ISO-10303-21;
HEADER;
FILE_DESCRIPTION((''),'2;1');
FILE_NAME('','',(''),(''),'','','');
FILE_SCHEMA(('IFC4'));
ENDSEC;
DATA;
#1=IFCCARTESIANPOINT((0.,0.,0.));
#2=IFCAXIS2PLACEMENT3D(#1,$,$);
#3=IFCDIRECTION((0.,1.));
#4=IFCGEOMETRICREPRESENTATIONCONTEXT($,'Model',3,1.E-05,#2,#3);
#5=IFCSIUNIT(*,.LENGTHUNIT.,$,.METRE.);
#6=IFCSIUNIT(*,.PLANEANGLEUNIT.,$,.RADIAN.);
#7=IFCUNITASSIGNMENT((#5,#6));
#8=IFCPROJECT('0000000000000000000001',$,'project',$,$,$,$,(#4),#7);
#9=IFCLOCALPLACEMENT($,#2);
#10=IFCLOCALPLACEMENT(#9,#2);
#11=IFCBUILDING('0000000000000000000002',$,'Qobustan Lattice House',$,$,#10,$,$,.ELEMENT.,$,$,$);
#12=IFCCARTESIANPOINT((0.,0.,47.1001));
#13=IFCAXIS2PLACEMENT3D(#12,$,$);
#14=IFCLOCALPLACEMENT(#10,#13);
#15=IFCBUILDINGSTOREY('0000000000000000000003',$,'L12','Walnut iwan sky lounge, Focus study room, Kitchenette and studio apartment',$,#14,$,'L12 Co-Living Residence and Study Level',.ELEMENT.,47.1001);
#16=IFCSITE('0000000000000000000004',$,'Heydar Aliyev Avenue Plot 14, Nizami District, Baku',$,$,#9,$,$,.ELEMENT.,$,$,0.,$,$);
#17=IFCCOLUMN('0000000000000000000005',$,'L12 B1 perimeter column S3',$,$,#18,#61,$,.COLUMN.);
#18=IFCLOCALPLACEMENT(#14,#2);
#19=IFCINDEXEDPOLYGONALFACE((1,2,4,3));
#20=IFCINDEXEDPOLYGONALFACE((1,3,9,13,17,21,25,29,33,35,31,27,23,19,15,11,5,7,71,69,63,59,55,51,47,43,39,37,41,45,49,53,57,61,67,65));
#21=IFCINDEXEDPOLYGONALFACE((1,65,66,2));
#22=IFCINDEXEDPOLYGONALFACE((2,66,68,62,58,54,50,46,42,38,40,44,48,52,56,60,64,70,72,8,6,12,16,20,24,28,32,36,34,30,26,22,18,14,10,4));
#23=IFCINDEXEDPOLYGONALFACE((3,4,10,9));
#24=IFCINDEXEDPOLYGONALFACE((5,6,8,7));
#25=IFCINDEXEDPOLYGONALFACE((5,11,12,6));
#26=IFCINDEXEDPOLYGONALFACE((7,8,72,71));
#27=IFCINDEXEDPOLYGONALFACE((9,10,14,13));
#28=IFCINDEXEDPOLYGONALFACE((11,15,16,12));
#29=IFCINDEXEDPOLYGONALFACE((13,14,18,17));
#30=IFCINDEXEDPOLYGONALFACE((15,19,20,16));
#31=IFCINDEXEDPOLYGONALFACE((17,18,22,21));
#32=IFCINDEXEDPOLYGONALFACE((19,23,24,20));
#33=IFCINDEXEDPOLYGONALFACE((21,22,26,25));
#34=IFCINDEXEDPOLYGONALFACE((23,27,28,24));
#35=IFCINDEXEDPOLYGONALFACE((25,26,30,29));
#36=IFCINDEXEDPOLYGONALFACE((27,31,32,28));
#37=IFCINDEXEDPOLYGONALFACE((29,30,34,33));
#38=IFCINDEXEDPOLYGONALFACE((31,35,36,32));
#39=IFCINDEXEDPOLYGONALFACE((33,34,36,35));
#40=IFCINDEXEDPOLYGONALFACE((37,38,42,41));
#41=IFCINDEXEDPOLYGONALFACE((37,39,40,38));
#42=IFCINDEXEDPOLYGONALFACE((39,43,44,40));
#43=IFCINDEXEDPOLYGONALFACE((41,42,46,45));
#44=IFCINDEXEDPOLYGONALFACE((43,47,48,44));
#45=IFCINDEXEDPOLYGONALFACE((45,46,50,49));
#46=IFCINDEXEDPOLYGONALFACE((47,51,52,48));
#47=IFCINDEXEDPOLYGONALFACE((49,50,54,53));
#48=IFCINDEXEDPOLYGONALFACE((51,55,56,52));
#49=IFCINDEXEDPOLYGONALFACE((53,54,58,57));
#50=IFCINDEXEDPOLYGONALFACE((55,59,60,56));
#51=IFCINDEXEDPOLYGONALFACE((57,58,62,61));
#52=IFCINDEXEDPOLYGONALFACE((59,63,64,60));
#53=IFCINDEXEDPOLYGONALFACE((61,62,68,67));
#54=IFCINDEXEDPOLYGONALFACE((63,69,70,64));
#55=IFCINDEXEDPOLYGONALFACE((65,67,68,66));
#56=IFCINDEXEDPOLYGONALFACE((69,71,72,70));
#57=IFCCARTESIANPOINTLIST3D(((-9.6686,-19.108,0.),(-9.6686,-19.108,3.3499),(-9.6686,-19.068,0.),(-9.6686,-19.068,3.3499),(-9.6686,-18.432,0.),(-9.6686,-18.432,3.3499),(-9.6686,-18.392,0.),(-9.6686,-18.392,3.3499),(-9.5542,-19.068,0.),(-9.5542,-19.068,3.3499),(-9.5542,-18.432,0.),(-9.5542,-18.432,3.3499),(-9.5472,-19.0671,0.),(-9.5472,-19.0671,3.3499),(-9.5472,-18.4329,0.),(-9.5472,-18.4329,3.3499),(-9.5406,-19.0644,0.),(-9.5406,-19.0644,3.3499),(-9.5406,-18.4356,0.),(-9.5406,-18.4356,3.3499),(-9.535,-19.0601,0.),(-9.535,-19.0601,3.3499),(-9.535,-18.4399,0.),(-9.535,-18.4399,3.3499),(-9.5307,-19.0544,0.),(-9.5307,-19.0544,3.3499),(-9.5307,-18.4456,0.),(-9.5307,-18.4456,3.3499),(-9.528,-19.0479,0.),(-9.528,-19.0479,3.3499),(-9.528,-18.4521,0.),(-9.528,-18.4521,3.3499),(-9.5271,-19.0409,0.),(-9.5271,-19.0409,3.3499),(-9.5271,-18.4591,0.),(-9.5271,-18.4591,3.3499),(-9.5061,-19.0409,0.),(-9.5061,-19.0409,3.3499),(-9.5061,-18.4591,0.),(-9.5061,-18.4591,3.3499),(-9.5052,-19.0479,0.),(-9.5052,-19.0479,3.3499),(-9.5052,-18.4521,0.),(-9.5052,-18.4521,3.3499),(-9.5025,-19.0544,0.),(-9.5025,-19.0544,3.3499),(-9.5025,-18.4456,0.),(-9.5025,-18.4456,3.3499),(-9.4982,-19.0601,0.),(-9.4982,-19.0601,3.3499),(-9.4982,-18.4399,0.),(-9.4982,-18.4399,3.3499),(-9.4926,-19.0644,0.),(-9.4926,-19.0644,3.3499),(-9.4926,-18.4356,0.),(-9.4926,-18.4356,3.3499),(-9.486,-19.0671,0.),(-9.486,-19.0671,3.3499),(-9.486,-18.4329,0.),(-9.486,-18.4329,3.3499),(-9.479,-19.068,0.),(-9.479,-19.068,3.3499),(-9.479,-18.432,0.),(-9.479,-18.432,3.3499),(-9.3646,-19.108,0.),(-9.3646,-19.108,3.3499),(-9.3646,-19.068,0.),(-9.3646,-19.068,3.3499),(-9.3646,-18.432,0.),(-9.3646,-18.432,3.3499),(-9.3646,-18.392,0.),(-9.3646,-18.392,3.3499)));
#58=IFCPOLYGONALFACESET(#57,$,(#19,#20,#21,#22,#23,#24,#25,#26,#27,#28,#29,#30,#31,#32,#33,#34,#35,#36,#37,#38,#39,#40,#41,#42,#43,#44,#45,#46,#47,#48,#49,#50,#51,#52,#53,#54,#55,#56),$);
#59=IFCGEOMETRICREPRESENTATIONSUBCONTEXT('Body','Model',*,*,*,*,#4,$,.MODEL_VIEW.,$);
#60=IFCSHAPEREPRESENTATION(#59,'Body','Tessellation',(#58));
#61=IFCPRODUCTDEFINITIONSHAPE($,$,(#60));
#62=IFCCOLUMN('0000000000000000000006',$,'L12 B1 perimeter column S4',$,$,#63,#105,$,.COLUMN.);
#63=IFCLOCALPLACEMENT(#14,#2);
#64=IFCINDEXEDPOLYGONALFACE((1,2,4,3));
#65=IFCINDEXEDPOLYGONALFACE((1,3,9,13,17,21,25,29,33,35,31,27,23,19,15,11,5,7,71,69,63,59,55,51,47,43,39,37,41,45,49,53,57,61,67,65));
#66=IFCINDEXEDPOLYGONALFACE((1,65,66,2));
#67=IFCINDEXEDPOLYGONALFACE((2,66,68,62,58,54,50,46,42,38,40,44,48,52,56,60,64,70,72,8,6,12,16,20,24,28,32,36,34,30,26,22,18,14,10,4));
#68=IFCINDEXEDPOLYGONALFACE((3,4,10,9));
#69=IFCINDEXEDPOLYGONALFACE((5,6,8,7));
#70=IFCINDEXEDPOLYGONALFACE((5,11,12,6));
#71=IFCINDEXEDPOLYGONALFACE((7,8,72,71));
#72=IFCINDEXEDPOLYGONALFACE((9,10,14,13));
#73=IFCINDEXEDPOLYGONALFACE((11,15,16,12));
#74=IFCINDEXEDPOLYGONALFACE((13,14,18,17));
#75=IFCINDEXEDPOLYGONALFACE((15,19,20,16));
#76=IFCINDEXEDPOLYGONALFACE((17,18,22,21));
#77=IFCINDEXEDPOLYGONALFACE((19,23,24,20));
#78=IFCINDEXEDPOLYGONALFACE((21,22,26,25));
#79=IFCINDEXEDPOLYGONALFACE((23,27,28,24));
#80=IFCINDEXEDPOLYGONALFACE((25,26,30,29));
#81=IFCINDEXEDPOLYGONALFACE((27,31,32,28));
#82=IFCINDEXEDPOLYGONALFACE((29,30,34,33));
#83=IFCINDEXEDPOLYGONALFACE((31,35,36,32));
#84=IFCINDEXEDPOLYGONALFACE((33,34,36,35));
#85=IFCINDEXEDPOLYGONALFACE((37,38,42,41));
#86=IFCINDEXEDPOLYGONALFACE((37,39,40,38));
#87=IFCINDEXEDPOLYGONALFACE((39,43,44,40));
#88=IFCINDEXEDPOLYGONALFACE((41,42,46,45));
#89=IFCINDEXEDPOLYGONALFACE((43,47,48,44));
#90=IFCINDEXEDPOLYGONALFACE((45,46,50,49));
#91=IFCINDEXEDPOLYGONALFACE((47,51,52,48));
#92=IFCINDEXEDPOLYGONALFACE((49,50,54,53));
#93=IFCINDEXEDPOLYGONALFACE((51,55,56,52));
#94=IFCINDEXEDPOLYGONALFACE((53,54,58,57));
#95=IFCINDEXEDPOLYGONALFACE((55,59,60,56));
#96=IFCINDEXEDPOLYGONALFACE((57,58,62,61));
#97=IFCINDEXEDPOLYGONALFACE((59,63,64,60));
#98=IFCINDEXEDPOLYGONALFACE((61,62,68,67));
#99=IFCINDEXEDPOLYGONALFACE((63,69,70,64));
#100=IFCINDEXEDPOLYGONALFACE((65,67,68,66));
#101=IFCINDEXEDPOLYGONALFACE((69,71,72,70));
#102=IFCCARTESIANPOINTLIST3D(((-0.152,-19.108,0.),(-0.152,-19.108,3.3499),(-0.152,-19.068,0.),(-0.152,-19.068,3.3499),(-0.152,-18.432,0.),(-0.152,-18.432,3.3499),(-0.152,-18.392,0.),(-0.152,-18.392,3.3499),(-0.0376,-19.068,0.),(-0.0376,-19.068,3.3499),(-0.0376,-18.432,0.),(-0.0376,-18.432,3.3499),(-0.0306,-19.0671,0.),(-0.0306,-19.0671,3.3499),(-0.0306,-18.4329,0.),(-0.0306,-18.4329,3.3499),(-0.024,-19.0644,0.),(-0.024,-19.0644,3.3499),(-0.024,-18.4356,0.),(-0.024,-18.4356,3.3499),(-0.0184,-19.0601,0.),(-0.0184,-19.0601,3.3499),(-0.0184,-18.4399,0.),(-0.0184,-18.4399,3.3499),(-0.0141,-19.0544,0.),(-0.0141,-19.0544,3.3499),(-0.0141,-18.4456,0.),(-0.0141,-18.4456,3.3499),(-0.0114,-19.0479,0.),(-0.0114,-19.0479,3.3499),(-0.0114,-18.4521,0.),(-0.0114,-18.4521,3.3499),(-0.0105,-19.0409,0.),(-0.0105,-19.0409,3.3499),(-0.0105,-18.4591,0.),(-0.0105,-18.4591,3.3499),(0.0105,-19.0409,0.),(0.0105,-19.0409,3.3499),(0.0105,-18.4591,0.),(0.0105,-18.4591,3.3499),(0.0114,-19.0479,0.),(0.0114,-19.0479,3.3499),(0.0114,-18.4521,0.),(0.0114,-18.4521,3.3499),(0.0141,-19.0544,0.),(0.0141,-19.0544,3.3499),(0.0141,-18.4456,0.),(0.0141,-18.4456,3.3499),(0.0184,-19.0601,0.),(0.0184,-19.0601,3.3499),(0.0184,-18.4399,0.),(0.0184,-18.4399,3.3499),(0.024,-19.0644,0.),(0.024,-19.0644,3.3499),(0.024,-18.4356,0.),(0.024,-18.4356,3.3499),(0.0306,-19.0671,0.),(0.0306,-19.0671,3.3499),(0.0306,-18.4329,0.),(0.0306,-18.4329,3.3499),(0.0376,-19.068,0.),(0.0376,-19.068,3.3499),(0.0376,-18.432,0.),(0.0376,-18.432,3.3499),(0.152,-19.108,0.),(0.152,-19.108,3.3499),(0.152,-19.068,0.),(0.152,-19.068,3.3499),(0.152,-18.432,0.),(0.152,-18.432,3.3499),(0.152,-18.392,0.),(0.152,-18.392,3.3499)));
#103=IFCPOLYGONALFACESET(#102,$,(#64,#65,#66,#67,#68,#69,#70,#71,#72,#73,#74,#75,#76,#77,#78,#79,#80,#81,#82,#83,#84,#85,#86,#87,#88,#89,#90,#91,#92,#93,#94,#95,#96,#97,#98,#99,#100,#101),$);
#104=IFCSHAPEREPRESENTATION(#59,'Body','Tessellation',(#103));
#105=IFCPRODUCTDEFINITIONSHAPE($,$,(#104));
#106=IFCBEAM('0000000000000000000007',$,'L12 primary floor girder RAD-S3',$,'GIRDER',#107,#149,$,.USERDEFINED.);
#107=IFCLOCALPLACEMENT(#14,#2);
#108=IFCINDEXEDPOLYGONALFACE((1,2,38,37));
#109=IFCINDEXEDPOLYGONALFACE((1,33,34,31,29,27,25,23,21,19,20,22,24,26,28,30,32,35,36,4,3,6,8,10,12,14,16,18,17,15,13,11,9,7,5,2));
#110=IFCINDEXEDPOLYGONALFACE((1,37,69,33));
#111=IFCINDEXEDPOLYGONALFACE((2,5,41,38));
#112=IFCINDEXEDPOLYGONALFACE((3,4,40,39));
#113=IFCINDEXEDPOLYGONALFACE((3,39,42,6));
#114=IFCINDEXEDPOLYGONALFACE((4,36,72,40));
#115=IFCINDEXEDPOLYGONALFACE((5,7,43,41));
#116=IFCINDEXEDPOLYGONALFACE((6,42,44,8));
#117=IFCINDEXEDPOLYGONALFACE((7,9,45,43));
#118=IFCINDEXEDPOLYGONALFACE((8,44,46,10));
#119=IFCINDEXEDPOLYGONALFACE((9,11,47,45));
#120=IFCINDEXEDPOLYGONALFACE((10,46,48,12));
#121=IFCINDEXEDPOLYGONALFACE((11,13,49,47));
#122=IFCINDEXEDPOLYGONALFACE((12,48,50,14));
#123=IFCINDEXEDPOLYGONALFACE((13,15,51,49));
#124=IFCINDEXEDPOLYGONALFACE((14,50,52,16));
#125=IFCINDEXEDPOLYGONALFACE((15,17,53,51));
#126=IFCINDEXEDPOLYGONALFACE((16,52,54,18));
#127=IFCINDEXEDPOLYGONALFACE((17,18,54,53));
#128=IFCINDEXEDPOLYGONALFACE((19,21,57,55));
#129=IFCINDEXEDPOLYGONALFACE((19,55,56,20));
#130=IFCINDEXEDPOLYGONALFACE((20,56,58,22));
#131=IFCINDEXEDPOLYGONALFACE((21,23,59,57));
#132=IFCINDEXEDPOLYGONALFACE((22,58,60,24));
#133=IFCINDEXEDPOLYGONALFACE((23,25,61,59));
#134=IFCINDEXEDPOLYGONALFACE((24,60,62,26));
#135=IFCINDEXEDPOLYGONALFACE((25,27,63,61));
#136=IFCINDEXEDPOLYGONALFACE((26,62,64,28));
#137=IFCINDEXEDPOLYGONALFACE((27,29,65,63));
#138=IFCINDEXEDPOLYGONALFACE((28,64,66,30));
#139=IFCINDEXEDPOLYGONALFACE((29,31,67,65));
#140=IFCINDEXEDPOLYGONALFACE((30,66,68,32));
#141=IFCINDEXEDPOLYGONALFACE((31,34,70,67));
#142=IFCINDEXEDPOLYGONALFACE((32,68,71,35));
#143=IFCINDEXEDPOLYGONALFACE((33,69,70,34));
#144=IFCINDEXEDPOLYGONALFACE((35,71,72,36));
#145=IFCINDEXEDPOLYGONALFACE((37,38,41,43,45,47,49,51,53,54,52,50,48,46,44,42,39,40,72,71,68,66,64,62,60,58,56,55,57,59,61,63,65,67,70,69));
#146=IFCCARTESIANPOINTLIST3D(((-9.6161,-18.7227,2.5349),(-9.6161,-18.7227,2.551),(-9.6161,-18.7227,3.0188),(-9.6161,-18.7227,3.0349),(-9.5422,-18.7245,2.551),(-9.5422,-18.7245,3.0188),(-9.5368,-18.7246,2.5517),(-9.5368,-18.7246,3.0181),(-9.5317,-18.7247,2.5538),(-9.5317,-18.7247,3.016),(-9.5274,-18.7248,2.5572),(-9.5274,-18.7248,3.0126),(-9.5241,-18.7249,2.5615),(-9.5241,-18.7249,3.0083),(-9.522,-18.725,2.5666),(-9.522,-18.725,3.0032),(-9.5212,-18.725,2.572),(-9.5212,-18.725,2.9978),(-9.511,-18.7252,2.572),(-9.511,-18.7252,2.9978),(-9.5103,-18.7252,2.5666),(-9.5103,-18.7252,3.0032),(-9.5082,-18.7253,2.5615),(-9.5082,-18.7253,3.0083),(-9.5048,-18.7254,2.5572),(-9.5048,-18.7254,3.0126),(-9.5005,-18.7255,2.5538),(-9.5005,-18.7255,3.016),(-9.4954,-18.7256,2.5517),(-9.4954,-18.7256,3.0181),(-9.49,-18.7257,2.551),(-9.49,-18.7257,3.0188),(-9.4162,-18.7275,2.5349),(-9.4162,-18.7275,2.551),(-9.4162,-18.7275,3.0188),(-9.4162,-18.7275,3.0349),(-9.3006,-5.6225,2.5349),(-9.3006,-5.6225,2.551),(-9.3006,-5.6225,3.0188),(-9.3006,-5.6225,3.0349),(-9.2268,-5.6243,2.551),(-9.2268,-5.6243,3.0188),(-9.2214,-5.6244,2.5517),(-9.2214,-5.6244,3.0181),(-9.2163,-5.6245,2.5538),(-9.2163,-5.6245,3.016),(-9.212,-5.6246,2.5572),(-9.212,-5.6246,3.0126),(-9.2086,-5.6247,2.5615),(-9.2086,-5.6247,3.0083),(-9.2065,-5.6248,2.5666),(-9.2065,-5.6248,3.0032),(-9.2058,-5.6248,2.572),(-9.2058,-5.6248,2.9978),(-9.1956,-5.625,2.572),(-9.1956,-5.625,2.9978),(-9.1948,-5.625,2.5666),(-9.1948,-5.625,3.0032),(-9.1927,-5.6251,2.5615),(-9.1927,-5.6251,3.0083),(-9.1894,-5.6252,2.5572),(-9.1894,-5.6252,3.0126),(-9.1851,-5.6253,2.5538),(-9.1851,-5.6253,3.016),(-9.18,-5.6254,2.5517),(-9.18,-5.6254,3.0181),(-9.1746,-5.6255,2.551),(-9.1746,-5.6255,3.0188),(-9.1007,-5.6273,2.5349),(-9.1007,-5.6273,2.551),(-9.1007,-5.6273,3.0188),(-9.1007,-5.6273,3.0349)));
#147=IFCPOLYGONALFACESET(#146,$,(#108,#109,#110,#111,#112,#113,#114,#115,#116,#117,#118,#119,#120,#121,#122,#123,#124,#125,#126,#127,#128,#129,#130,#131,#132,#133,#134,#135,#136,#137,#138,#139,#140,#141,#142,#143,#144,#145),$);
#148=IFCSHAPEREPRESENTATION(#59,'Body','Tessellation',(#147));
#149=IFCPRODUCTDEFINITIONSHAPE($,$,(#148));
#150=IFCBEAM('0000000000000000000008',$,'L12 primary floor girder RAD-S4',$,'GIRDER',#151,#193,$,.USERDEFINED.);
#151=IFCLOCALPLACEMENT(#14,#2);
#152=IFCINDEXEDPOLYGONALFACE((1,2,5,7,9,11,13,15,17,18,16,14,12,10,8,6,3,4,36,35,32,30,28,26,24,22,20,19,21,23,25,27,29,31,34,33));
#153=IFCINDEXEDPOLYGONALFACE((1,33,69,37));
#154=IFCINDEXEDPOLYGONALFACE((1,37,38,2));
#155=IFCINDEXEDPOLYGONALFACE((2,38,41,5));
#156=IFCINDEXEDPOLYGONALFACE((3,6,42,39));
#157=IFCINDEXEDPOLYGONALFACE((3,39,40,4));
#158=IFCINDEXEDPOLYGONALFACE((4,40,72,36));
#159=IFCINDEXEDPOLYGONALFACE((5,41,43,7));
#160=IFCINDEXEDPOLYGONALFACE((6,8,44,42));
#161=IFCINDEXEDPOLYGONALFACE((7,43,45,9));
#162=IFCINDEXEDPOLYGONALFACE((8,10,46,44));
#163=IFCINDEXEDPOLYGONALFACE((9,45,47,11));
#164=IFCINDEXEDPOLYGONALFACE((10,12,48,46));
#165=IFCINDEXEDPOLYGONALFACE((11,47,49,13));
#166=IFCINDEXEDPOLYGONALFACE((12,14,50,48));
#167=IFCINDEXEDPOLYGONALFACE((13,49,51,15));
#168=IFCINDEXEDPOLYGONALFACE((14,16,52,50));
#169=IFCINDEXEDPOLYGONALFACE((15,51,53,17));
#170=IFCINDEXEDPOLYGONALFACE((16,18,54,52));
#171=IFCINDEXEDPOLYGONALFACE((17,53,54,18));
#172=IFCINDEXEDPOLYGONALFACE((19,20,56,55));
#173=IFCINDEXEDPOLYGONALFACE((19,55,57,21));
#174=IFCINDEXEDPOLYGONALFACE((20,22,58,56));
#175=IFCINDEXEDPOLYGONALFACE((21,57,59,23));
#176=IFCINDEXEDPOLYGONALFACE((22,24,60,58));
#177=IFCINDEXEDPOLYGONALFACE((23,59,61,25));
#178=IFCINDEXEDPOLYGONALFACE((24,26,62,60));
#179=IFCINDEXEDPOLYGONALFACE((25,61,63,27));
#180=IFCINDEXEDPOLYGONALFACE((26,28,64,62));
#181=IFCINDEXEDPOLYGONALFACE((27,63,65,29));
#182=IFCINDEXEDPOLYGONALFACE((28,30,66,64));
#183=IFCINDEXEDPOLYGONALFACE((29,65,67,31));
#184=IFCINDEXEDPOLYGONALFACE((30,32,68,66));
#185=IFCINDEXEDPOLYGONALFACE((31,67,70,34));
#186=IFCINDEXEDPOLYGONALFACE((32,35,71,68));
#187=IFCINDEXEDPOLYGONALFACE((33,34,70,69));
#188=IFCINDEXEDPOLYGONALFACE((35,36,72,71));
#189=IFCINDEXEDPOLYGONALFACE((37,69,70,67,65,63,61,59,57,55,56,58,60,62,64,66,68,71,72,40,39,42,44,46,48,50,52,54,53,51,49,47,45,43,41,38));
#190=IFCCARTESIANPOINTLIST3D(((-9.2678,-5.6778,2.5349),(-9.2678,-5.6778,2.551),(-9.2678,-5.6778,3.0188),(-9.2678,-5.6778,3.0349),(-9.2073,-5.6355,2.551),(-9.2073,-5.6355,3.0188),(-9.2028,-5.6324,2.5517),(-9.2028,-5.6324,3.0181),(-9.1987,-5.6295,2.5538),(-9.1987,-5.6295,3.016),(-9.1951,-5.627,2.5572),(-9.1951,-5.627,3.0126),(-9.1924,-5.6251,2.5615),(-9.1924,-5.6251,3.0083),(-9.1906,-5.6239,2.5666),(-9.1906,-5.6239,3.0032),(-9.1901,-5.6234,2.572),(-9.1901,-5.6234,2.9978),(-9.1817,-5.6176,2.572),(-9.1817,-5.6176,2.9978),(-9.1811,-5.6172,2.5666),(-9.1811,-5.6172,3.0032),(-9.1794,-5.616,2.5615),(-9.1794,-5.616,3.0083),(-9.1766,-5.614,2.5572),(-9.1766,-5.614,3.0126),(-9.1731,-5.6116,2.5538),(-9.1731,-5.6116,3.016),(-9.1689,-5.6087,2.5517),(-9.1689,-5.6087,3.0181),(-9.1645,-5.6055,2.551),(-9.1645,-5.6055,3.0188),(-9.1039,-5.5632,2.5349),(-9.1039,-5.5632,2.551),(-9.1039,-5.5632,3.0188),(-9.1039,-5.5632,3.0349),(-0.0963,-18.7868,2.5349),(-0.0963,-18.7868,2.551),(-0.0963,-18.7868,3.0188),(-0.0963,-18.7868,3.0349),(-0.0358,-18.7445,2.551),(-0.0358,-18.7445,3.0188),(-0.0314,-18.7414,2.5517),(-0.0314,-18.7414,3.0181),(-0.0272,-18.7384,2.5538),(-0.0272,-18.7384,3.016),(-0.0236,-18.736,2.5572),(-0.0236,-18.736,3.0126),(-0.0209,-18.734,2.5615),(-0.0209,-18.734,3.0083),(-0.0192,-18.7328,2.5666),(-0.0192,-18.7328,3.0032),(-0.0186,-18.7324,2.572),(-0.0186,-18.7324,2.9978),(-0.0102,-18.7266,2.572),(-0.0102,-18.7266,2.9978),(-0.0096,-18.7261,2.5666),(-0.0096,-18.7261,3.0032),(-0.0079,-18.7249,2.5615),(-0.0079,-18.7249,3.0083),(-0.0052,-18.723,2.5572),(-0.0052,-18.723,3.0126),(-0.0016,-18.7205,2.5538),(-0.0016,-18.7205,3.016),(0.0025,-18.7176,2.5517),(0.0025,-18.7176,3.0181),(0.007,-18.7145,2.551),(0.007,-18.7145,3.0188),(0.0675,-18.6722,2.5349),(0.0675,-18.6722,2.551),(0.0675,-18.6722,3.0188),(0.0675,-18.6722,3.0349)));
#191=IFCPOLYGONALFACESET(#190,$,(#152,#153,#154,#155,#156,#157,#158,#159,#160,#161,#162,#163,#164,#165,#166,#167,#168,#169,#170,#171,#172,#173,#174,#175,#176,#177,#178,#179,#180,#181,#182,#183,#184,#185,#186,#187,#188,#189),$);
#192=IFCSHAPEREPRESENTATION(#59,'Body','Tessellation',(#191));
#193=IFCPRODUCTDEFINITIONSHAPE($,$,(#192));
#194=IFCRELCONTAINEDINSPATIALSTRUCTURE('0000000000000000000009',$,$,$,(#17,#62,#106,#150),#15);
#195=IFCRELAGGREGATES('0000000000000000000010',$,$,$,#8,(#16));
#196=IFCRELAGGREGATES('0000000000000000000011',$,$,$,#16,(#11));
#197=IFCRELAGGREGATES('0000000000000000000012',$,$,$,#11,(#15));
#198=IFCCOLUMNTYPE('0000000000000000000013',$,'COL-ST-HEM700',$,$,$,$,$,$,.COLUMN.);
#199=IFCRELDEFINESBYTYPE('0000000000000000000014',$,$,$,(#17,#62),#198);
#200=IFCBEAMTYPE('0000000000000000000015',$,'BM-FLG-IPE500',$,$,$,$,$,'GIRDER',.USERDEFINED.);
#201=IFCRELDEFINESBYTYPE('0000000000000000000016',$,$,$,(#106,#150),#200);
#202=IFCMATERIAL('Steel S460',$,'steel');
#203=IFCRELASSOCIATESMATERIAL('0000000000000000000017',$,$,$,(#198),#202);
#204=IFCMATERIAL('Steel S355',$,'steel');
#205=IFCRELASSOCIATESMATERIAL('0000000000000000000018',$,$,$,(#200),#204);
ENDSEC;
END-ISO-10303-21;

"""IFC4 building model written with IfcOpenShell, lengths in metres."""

from ifc_helpers import new_model, si_unit, direction, frame, origin, origin_2d, place, context, subcontext, project, spatial, i_section, extrude, material, material_profile, profile_set, type_object, element, save


model = new_model("IFC4")

# Units and contexts
model_context = context("Model", 3, precision=1e-05, world=origin(), true_north=direction((0.0, 1.0)))
body_context = subcontext(model_context, "Body", "Model", "MODEL_VIEW")
ifc_project = project(units=[si_unit("LENGTHUNIT", "METRE"), si_unit("PLANEANGLEUNIT", "RADIAN")], contexts=[model_context])

# Site, building, storey
site_placement = place(None, origin())
site = spatial("IfcSite", under=ifc_project, at=site_placement, Name="Heydar Aliyev Avenue Plot 14, Nizami District, Baku", CompositionType="ELEMENT", RefElevation=0.0)
building_placement = place(site_placement, origin())
building = spatial("IfcBuilding", under=site, at=building_placement, Name="Qobustan Lattice House", CompositionType="ELEMENT")
storey_placement = place(building_placement, frame((0.0, 0.0, 47.1001)))
storey = spatial("IfcBuildingStorey", under=building, at=storey_placement, Name="L12", Description="Walnut iwan sky lounge, Focus study room, Kitchenette and studio apartment", LongName="L12 Co-Living Residence and Study Level", CompositionType="ELEMENT", Elevation=47.1001)

# Columns
ifc_material_1 = material(Name="Steel S460", Category="steel")
ifc_material_profile_1 = material_profile(ifc_material_1, i_section(OverallWidth=0.304, OverallDepth=0.7161, WebThickness=0.021, FlangeThickness=0.04, FilletRadius=0.0271, at=origin_2d()), Name="HEM700")
ifc_profile_set_1 = profile_set([ifc_material_profile_1], Name="Steel S460")
column_type = type_object("IfcColumnType", Name="COL-ST-HEM700", PredefinedType="COLUMN", material=ifc_profile_set_1)
for number, where, z_axis, x_axis, name in (
    (1, (-9.5166, -18.75, 0.0), (0.0, 0.0, 1.0), (1.0, 0.0, 0.0), "L12 B1 perimeter column S3"),
    (2, (0.0, -18.75, 0.0), (0.0, 0.0, 1.0), (1.0, 0.0, 0.0), "L12 B1 perimeter column S4"),
):
    element("IfcColumn", number, at=place(storey_placement, frame(where, z_axis=z_axis, x_axis=x_axis)), inside=storey, type_object=column_type, Name=name, PredefinedType="COLUMN", context=body_context, shape_type="SweptSolid", body=[
        extrude(i_section(OverallWidth=0.304, OverallDepth=0.7161, WebThickness=0.021, FlangeThickness=0.04, FilletRadius=0.0271, at=origin_2d()), origin(), (0.0, 0.0, 1.0), 3.3499),
    ])

# Beams
ifc_material_2 = material(Name="Steel S355", Category="steel")
ifc_material_profile_2 = material_profile(ifc_material_2, i_section(OverallWidth=0.2, OverallDepth=0.5, WebThickness=0.0103, FlangeThickness=0.0161, FilletRadius=0.021, at=origin_2d()), Name="IPE500")
ifc_profile_set_2 = profile_set([ifc_material_profile_2], Name="Steel S355")
beam_type_1 = type_object("IfcBeamType", Name="BM-FLG-IPE500", ElementType="GIRDER", PredefinedType="USERDEFINED", material=ifc_profile_set_2)
beam_1_placement = place(storey_placement, frame((-9.5161, -18.7251, 2.7849), z_axis=(0.024071, 0.99971, 0.0), x_axis=(-0.99971, 0.024071, 0.0)))
element("IfcBeam", 3, at=beam_1_placement, inside=storey, type_object=beam_type_1, Name="L12 primary floor girder RAD-S3", ObjectType="GIRDER", PredefinedType="USERDEFINED", context=body_context, shape_type="SweptSolid", body=[
    extrude(i_section(OverallWidth=0.2, OverallDepth=0.5, WebThickness=0.0103, FlangeThickness=0.0161, FilletRadius=0.021, at=origin_2d()), origin(), (0.0, 0.0, 1.0), 13.104),
])
beam_2_placement = place(storey_placement, frame((-0.0144, -18.7295, 2.7849), z_axis=(-0.57326, 0.819374, 0.0), x_axis=(-0.819374, -0.57326, 0.0)))
element("IfcBeam", 4, at=beam_2_placement, inside=storey, type_object=beam_type_1, Name="L12 primary floor girder RAD-S4", ObjectType="GIRDER", PredefinedType="USERDEFINED", context=body_context, shape_type="SweptSolid", body=[
    extrude(i_section(OverallWidth=0.2, OverallDepth=0.5, WebThickness=0.0103, FlangeThickness=0.0161, FilletRadius=0.021, at=origin_2d()), origin(), (0.0, 0.0, 1.0), 15.9988),
])

save(model, "model.ifc")
